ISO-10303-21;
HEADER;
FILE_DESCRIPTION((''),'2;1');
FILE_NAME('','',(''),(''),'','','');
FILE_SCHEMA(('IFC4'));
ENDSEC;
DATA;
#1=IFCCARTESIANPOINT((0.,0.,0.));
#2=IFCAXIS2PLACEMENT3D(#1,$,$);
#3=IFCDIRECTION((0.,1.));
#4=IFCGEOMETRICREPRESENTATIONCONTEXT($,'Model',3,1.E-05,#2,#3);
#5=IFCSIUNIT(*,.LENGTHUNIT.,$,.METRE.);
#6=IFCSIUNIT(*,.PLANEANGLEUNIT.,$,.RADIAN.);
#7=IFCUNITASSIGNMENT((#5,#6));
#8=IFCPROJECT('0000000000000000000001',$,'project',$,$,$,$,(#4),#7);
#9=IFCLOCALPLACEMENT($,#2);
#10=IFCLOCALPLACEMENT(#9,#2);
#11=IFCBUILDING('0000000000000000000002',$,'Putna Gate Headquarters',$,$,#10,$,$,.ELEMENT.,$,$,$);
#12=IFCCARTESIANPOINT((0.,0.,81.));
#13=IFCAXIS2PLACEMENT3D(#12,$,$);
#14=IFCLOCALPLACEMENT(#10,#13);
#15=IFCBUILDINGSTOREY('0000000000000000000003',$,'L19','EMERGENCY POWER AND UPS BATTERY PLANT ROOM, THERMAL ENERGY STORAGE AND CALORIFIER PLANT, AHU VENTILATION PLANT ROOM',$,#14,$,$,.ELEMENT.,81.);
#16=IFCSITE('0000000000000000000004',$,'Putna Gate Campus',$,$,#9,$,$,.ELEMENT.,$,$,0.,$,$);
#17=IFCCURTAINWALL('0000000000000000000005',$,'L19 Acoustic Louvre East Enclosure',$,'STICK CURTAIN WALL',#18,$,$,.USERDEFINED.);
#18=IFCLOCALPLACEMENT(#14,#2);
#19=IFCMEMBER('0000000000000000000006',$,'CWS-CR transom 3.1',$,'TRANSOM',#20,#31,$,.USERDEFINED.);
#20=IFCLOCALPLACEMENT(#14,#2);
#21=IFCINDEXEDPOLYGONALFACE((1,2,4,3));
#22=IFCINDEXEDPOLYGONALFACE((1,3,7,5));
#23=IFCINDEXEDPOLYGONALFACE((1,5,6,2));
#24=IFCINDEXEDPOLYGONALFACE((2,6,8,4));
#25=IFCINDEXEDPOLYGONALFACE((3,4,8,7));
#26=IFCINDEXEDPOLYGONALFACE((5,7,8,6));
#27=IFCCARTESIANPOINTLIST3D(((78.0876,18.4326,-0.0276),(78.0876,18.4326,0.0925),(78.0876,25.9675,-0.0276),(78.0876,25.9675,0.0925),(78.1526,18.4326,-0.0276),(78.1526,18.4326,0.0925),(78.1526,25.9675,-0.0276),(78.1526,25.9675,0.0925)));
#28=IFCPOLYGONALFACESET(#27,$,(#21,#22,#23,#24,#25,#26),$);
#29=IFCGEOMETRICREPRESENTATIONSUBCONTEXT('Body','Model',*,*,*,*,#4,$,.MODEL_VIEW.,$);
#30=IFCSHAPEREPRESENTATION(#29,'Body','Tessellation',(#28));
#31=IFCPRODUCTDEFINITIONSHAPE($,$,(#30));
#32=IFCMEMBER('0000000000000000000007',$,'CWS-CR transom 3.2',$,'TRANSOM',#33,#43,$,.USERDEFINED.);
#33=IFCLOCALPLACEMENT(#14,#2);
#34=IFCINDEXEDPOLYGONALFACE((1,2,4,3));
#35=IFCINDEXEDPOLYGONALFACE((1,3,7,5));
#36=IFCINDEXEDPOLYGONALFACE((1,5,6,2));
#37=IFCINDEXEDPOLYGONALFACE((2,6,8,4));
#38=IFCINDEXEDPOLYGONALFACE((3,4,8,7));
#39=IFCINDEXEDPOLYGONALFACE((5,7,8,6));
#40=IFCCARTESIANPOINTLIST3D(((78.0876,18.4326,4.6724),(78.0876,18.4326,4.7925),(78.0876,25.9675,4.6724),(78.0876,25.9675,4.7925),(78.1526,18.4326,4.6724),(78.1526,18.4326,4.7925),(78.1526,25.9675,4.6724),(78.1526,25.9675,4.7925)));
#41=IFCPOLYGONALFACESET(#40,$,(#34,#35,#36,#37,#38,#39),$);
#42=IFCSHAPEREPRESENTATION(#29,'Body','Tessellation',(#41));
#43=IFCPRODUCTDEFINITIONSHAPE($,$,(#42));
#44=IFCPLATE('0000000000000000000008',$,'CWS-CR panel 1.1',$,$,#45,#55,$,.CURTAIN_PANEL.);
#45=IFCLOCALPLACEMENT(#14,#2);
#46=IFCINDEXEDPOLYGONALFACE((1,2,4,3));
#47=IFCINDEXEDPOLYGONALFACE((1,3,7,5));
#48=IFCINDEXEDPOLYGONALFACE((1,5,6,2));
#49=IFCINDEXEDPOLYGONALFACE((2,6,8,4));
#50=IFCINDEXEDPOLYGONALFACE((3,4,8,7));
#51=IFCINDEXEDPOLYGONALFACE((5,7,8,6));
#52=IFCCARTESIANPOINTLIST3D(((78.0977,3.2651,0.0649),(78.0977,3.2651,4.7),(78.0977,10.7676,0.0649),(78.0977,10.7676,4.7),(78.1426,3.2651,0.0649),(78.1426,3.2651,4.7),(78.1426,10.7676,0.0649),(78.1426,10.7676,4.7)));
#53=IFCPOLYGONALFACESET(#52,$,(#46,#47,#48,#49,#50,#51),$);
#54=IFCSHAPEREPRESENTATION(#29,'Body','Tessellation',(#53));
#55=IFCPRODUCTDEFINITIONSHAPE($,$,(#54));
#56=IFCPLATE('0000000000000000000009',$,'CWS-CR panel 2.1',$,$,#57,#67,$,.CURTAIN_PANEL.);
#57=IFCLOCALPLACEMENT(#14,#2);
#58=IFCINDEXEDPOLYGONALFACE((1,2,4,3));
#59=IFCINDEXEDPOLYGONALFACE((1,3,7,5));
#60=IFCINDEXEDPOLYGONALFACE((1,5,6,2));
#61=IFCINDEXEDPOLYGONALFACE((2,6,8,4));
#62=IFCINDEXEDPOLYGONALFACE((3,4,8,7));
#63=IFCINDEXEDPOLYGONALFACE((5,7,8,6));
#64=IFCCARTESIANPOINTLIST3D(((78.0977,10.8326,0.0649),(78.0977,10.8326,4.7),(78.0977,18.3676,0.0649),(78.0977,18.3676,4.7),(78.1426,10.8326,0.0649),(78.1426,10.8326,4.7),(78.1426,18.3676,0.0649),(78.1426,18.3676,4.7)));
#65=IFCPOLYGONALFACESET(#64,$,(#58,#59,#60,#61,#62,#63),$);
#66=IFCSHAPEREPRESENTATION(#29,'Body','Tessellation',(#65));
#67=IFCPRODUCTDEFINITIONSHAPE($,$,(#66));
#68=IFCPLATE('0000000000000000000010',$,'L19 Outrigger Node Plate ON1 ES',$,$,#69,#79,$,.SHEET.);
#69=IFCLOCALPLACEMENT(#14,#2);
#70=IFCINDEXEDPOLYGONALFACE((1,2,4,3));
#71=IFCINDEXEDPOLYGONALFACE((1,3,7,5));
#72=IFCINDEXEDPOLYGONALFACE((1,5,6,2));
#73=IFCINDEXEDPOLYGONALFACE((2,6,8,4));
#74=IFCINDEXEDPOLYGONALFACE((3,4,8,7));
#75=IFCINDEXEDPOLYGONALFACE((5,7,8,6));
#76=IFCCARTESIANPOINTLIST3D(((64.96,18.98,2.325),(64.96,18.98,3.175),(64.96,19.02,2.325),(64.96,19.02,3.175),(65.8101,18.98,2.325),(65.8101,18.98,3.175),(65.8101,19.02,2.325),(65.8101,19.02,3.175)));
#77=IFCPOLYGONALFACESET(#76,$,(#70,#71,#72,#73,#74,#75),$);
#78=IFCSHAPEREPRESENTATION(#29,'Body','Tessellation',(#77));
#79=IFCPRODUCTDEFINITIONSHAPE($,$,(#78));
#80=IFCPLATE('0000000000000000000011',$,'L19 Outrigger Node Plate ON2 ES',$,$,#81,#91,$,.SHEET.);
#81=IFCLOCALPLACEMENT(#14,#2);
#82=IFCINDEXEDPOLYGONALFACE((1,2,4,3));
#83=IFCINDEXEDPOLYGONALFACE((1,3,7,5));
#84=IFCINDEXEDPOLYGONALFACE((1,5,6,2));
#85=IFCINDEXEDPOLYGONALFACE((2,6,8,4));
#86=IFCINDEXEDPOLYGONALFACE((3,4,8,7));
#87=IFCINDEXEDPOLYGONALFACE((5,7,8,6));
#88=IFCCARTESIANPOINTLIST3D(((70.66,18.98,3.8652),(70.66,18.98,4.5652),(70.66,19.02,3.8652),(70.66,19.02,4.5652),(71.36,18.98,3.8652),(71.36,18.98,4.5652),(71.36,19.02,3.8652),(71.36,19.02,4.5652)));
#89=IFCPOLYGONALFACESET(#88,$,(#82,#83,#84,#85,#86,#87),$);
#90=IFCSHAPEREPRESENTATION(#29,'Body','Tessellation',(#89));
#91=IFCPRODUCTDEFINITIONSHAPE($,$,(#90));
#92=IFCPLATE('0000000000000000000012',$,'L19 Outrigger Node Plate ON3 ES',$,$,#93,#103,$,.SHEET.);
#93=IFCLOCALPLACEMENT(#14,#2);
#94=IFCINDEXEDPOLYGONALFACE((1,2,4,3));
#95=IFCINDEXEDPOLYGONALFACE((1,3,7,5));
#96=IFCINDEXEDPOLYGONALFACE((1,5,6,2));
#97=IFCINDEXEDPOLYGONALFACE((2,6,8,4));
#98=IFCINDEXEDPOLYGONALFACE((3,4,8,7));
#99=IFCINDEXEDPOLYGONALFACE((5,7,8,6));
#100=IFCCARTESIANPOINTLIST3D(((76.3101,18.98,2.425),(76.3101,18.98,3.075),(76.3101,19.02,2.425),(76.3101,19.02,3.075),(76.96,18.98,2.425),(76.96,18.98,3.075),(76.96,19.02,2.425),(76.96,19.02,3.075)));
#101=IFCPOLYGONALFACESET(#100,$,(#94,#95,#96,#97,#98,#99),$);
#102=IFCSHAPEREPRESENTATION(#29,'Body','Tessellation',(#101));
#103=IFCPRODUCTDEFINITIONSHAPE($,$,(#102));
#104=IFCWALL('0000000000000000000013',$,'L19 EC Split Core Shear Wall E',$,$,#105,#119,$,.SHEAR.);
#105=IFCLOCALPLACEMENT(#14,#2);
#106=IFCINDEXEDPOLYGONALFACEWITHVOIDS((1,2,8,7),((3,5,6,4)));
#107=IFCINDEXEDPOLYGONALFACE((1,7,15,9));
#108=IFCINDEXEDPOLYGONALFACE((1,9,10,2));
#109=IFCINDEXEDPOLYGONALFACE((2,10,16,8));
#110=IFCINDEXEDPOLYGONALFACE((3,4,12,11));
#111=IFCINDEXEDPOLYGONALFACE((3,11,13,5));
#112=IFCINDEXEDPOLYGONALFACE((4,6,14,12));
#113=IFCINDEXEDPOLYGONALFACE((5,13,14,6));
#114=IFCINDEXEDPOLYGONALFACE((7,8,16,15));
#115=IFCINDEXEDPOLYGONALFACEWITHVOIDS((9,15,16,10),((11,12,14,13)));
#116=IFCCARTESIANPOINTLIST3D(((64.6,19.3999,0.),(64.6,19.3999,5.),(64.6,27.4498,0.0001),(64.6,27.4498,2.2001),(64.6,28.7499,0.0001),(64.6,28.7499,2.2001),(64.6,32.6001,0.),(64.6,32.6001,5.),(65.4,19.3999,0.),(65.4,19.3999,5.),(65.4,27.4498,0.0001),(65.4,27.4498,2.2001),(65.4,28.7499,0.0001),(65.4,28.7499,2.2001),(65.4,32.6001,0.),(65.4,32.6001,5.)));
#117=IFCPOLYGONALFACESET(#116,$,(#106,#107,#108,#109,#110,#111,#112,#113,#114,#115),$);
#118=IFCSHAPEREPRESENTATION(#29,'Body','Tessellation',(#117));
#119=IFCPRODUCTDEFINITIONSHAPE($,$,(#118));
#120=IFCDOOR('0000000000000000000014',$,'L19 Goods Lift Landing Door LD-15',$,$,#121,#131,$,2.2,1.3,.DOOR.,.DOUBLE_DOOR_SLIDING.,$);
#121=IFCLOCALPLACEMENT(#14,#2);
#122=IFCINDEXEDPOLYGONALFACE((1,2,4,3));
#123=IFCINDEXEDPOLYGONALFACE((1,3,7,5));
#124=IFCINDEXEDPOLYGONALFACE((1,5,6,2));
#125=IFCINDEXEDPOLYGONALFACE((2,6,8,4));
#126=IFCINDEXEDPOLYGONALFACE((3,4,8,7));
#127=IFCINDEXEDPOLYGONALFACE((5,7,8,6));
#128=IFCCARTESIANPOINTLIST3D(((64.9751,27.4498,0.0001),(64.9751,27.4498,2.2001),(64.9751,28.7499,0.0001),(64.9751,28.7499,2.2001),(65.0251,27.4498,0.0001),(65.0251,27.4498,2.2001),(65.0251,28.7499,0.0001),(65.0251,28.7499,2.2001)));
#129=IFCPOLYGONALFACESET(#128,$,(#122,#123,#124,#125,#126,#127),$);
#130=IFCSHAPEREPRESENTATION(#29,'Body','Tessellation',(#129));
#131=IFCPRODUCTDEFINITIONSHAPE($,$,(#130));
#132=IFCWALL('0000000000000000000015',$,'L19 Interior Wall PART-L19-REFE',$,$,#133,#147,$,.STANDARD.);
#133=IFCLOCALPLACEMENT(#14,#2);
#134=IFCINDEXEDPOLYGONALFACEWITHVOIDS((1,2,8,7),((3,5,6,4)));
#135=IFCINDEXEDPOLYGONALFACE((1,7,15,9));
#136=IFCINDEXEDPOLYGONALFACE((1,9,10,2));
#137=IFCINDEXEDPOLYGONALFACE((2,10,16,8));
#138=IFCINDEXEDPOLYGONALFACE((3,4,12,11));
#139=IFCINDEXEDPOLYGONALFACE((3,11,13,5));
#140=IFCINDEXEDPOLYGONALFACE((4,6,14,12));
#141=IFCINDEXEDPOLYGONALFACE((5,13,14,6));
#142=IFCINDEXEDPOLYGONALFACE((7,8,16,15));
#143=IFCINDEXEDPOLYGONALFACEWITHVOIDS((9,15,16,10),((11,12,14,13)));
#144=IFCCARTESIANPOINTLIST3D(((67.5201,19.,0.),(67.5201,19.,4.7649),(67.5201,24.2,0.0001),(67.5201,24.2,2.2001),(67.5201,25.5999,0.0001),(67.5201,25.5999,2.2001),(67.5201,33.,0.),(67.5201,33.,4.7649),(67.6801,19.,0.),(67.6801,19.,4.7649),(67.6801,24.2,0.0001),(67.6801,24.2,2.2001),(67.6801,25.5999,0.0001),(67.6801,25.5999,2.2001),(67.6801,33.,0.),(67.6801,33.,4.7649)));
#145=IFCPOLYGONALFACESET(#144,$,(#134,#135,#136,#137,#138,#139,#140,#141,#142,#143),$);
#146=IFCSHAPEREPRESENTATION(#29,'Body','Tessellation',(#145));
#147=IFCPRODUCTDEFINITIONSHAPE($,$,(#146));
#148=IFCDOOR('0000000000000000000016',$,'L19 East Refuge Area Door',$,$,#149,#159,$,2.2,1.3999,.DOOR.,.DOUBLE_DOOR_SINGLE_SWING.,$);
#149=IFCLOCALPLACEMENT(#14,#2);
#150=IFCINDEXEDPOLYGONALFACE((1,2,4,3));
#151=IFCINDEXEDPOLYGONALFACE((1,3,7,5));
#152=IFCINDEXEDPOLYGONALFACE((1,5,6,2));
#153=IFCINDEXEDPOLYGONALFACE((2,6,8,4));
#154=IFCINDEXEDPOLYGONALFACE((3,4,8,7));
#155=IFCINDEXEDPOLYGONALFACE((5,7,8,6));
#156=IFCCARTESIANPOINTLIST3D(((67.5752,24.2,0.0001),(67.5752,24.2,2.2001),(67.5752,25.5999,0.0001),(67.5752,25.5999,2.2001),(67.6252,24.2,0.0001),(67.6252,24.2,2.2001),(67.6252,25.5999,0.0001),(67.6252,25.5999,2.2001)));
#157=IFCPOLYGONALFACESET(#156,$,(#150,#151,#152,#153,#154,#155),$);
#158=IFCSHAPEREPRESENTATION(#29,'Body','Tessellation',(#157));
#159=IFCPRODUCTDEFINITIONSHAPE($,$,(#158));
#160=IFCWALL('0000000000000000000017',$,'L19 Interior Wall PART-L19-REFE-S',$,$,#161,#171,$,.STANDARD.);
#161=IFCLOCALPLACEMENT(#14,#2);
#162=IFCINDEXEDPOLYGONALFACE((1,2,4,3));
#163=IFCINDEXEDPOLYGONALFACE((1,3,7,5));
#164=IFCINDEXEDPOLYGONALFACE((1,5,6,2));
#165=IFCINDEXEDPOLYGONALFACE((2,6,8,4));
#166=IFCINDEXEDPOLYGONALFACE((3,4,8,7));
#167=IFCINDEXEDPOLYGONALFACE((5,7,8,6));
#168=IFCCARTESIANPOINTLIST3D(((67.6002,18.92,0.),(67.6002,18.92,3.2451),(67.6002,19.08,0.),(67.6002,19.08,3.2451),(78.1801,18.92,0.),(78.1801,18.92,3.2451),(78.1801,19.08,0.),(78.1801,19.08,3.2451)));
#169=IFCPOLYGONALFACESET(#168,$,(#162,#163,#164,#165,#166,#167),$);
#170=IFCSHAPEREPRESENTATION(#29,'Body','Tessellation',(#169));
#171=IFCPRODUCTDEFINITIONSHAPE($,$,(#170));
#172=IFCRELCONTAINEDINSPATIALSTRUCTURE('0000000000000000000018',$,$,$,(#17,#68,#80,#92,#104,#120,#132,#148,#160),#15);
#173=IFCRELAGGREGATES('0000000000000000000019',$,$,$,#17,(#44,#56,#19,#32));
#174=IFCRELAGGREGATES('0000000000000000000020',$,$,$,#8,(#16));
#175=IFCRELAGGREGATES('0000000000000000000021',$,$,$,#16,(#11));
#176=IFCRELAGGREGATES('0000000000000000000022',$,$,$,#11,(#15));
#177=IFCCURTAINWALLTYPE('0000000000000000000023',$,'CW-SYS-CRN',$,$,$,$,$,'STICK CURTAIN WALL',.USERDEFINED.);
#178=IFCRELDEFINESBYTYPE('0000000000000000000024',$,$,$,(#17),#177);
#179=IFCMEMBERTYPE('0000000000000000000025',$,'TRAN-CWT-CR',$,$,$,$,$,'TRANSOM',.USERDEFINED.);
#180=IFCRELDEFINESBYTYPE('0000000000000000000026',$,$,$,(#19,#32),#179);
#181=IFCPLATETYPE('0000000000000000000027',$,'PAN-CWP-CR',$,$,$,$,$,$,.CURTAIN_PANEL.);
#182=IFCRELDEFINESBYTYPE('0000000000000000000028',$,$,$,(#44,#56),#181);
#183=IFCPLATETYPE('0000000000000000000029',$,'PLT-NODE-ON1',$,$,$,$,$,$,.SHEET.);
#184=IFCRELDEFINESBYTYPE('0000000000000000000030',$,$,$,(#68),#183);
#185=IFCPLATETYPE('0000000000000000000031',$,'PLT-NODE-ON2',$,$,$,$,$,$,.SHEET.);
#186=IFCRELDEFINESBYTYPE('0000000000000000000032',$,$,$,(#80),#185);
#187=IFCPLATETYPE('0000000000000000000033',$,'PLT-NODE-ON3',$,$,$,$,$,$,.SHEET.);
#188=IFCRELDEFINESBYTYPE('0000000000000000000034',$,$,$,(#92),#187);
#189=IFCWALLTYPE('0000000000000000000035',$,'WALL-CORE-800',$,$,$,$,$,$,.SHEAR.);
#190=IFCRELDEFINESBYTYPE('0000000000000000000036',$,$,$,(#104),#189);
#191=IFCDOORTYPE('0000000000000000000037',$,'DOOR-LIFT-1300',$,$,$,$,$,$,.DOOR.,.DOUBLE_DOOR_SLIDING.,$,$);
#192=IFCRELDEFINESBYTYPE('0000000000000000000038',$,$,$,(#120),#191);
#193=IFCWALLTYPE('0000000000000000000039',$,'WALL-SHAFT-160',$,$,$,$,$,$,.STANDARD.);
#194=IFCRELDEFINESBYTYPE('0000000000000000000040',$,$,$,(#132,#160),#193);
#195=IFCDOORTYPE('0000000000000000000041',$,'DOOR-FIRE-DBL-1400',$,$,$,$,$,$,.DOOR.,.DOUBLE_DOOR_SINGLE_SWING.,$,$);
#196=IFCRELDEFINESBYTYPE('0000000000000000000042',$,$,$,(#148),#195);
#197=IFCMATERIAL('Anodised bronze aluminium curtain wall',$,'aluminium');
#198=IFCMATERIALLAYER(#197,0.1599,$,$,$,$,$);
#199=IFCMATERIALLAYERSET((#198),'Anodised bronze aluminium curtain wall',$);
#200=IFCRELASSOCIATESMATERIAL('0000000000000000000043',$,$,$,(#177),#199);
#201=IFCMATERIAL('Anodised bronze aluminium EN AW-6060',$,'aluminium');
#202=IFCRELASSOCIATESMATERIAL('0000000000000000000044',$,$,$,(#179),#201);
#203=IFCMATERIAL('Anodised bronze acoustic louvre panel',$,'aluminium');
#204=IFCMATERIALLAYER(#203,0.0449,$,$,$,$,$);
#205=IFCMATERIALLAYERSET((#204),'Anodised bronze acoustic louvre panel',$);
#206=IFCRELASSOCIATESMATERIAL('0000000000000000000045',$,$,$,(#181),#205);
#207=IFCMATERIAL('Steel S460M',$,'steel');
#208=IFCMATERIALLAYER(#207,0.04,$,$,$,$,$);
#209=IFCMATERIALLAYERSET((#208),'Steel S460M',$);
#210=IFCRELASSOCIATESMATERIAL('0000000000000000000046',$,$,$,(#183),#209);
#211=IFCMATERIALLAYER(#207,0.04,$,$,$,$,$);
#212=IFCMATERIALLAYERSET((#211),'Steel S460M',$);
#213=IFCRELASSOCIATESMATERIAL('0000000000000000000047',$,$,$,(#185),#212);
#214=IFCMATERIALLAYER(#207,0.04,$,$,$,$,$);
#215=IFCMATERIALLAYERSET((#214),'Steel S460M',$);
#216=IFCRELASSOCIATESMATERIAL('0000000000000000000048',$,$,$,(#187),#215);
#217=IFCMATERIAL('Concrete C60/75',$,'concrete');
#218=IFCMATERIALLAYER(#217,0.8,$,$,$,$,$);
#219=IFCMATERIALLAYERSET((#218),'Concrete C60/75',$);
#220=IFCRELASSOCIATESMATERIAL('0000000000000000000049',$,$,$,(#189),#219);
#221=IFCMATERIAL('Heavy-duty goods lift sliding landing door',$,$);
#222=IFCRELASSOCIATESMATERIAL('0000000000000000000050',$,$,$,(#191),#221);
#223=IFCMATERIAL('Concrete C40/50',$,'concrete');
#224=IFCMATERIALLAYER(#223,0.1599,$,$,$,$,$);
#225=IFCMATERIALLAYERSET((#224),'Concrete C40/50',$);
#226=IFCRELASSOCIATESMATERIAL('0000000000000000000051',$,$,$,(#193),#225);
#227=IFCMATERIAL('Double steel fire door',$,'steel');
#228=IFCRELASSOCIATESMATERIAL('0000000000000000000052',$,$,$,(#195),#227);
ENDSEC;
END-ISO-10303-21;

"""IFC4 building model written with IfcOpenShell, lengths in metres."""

from ifc_helpers import new_model, si_unit, direction, frame, frame_2d, origin, origin_2d, place, context, subcontext, project, spatial, rectangle, extrude, material, layer, layer_set, material_profile, profile_set, type_object, element, fill, aggregate, save


model = new_model("IFC4")

# Units and contexts
model_context = context("Model", 3, precision=1e-05, world=origin(), true_north=direction((0.0, 1.0)))
body_context = subcontext(model_context, "Body", "Model", "MODEL_VIEW")
ifc_project = project(units=[si_unit("LENGTHUNIT", "METRE"), si_unit("PLANEANGLEUNIT", "RADIAN")], contexts=[model_context])

# Site, building, storey
site_placement = place(None, origin())
site = spatial("IfcSite", under=ifc_project, at=site_placement, Name="Putna Gate Campus", CompositionType="ELEMENT", RefElevation=0.0)
building_placement = place(site_placement, origin())
building = spatial("IfcBuilding", under=site, at=building_placement, Name="Putna Gate Headquarters", CompositionType="ELEMENT")
storey_placement = place(building_placement, frame((0.0, 0.0, 81.0)))
storey = spatial("IfcBuildingStorey", under=building, at=storey_placement, Name="L19", Description="EMERGENCY POWER AND UPS BATTERY PLANT ROOM, THERMAL ENERGY STORAGE AND CALORIFIER PLANT, AHU VENTILATION PLANT ROOM", CompositionType="ELEMENT", Elevation=81.0)

# Shared definitions
ifc_material_1 = material(Name="Concrete C60/75", Category="concrete")

# Shared definitions
ifc_material_2 = material(Name="Steel S460M", Category="steel")

# Curtain wall, members, plates
ifc_material_3 = material(Name="Anodised bronze aluminium curtain wall", Category="aluminium")
ifc_layer_1 = layer(ifc_material_3, 0.1599)
ifc_layer_set_1 = layer_set([ifc_layer_1], Name="Anodised bronze aluminium curtain wall")
curtain_wall_type = type_object("IfcCurtainWallType", Name="CW-SYS-CRN", ElementType="STICK CURTAIN WALL", PredefinedType="USERDEFINED", material=ifc_layer_set_1)
curtain_wall_placement = place(storey_placement, origin())
curtain_wall = element("IfcCurtainWall", 1, at=curtain_wall_placement, inside=storey, type_object=curtain_wall_type, Name="L19 Acoustic Louvre East Enclosure", ObjectType="STICK CURTAIN WALL", PredefinedType="USERDEFINED")
ifc_material_4 = material(Name="Anodised bronze aluminium EN AW-6060", Category="aluminium")
ifc_material_profile_1 = material_profile(ifc_material_4, rectangle(XDim=0.0649, YDim=0.1201, at=origin_2d()), Name="Anodised bronze aluminium EN AW-6060")
ifc_profile_set_1 = profile_set([ifc_material_profile_1], Name="Anodised bronze aluminium EN AW-6060")
member_type_1 = type_object("IfcMemberType", Name="TRAN-CWT-CR", ElementType="TRANSOM", PredefinedType="USERDEFINED", material=ifc_profile_set_1)
member_1_placement = place(storey_placement, frame((78.1201, 18.4326, 0.0325), z_axis=(0.0, 1.0, 0.0), x_axis=(-1.0, 0.0, 0.0)))
member_1 = element("IfcMember", 2, at=member_1_placement, type_object=member_type_1, Name="CWS-CR transom 3.1", ObjectType="TRANSOM", PredefinedType="USERDEFINED", context=body_context, shape_type="SweptSolid", body=[
    extrude(rectangle(XDim=0.0649, YDim=0.1201, at=origin_2d()), origin(), (0.0, 0.0, 1.0), 7.5349),
])
member_2_placement = place(storey_placement, frame((78.1201, 18.4326, 4.7324), z_axis=(0.0, 1.0, 0.0), x_axis=(-1.0, 0.0, 0.0)))
member_2 = element("IfcMember", 3, at=member_2_placement, type_object=member_type_1, Name="CWS-CR transom 3.2", ObjectType="TRANSOM", PredefinedType="USERDEFINED", context=body_context, shape_type="SweptSolid", body=[
    extrude(rectangle(XDim=0.0649, YDim=0.1201, at=origin_2d()), origin(), (0.0, 0.0, 1.0), 7.5349),
])
ifc_material_5 = material(Name="Anodised bronze acoustic louvre panel", Category="aluminium")
ifc_layer_2 = layer(ifc_material_5, 0.0449)
ifc_layer_set_2 = layer_set([ifc_layer_2], Name="Anodised bronze acoustic louvre panel")
plate_type_1 = type_object("IfcPlateType", Name="PAN-CWP-CR", PredefinedType="CURTAIN_PANEL", material=ifc_layer_set_2)
plate_1_placement = place(storey_placement, frame((78.1201, 7.0164, 0.0649), z_axis=(0.0, 0.0, 1.0), x_axis=(0.0, 1.0, 0.0)))
plate_1 = element("IfcPlate", 4, at=plate_1_placement, type_object=plate_type_1, Name="CWS-CR panel 1.1", PredefinedType="CURTAIN_PANEL", context=body_context, shape_type="SweptSolid", body=[
    extrude(rectangle(XDim=7.5024, YDim=0.0449, at=origin_2d()), origin(), (0.0, 0.0, 1.0), 4.635),
])
plate_2_placement = place(storey_placement, frame((78.1201, 14.6001, 0.0649), z_axis=(0.0, 0.0, 1.0), x_axis=(0.0, 1.0, 0.0)))
plate_2 = element("IfcPlate", 5, at=plate_2_placement, type_object=plate_type_1, Name="CWS-CR panel 2.1", PredefinedType="CURTAIN_PANEL", context=body_context, shape_type="SweptSolid", body=[
    extrude(rectangle(XDim=7.5349, YDim=0.0449, at=origin_2d()), origin(), (0.0, 0.0, 1.0), 4.635),
])
aggregate(curtain_wall, [plate_1, plate_2, member_1, member_2])

# Plates
ifc_layer_3 = layer(ifc_material_2, 0.04)
ifc_layer_set_3 = layer_set([ifc_layer_3], Name="Steel S460M")
plate_type_2 = type_object("IfcPlateType", Name="PLT-NODE-ON1", PredefinedType="SHEET", material=ifc_layer_set_3)
plate_3_placement = place(storey_placement, frame((65.385, 19.0, 2.325), z_axis=(0.0, 0.0, 1.0), x_axis=(1.0, 0.0, 0.0)))
element("IfcPlate", 6, at=plate_3_placement, inside=storey, type_object=plate_type_2, Name="L19 Outrigger Node Plate ON1 ES", PredefinedType="SHEET", context=body_context, shape_type="SweptSolid", body=[
    extrude(rectangle(XDim=0.8501, YDim=0.04, at=origin_2d()), origin(), (0.0, 0.0, 1.0), 0.8501),
])
ifc_layer_4 = layer(ifc_material_2, 0.04)
ifc_layer_set_4 = layer_set([ifc_layer_4], Name="Steel S460M")
plate_type_3 = type_object("IfcPlateType", Name="PLT-NODE-ON2", PredefinedType="SHEET", material=ifc_layer_set_4)
plate_4_placement = place(storey_placement, frame((71.01, 19.0, 3.8652), z_axis=(0.0, 0.0, 1.0), x_axis=(1.0, 0.0, 0.0)))
element("IfcPlate", 7, at=plate_4_placement, inside=storey, type_object=plate_type_3, Name="L19 Outrigger Node Plate ON2 ES", PredefinedType="SHEET", context=body_context, shape_type="SweptSolid", body=[
    extrude(rectangle(XDim=0.7, YDim=0.04, at=origin_2d()), origin(), (0.0, 0.0, 1.0), 0.7),
])
ifc_layer_5 = layer(ifc_material_2, 0.04)
ifc_layer_set_5 = layer_set([ifc_layer_5], Name="Steel S460M")
plate_type_4 = type_object("IfcPlateType", Name="PLT-NODE-ON3", PredefinedType="SHEET", material=ifc_layer_set_5)
plate_5_placement = place(storey_placement, frame((76.635, 19.0, 2.425), z_axis=(0.0, 0.0, 1.0), x_axis=(1.0, 0.0, 0.0)))
element("IfcPlate", 8, at=plate_5_placement, inside=storey, type_object=plate_type_4, Name="L19 Outrigger Node Plate ON3 ES", PredefinedType="SHEET", context=body_context, shape_type="SweptSolid", body=[
    extrude(rectangle(XDim=0.6499, YDim=0.04, at=origin_2d()), origin(), (0.0, 0.0, 1.0), 0.6499),
])

# Walls, openings, doors
ifc_layer_6 = layer(ifc_material_1, 0.8)
ifc_layer_set_6 = layer_set([ifc_layer_6], Name="Concrete C60/75")
wall_type_1 = type_object("IfcWallType", Name="WALL-CORE-800", PredefinedType="SHEAR", material=ifc_layer_set_6)
wall_1_placement = place(storey_placement, frame((65.0, 19.3999, 0.0), z_axis=(0.0, 0.0, 1.0), x_axis=(0.0, 1.0, 0.0)))
wall_1 = element("IfcWall", 9, at=wall_1_placement, inside=storey, type_object=wall_type_1, Name="L19 EC Split Core Shear Wall E", PredefinedType="SHEAR", context=body_context, shape_type="SweptSolid", body=[
    extrude(rectangle(XDim=13.2002, YDim=0.8, at=frame_2d((6.6001, 0.0))), origin(), (0.0, 0.0, 1.0), 5.0),
])
opening_1_placement = place(wall_1_placement, frame((8.05, 0.0, 0.0)))
opening_1 = element("IfcOpeningElement", 10, at=opening_1_placement, cuts=wall_1, PredefinedType="OPENING", context=body_context, shape_type="SweptSolid", body=[
    extrude(rectangle(XDim=1.3, YDim=2.2, at=frame_2d((0.6499, 1.1001))), frame((0.0, 0.4099, 0.0), z_axis=(0.0, -1.0, 0.0), x_axis=(1.0, 0.0, 0.0)), (0.0, 0.0, 1.0), 0.8201),
])
ifc_material_6 = material(Name="Heavy-duty goods lift sliding landing door")
door_type_1 = type_object("IfcDoorType", Name="DOOR-LIFT-1300", OperationType="DOUBLE_DOOR_SLIDING", PredefinedType="DOOR", material=ifc_material_6)
door_1_placement = place(opening_1_placement, origin())
door_1 = element("IfcDoor", 11, at=door_1_placement, inside=storey, type_object=door_type_1, Name="L19 Goods Lift Landing Door LD-15", OperationType="DOUBLE_DOOR_SLIDING", OverallHeight=2.2, OverallWidth=1.3, PredefinedType="DOOR", context=body_context, shape_type="SweptSolid", body=[
    extrude(rectangle(XDim=1.3, YDim=2.2, at=frame_2d((0.6499, 1.1001))), frame((0.0, 0.0249, 0.0), z_axis=(0.0, -1.0, 0.0), x_axis=(1.0, 0.0, 0.0)), (0.0, 0.0, 1.0), 0.05),
])
fill(opening_1, door_1)
ifc_material_7 = material(Name="Concrete C40/50", Category="concrete")
ifc_layer_7 = layer(ifc_material_7, 0.1599)
ifc_layer_set_7 = layer_set([ifc_layer_7], Name="Concrete C40/50")
wall_type_2 = type_object("IfcWallType", Name="WALL-SHAFT-160", PredefinedType="STANDARD", material=ifc_layer_set_7)
wall_2_placement = place(storey_placement, frame((67.6001, 19.0, 0.0), z_axis=(0.0, 0.0, 1.0), x_axis=(0.0, 1.0, 0.0)))
wall_2 = element("IfcWall", 12, at=wall_2_placement, inside=storey, type_object=wall_type_2, Name="L19 Interior Wall PART-L19-REFE", PredefinedType="STANDARD", context=body_context, shape_type="SweptSolid", body=[
    extrude(rectangle(XDim=14.0, YDim=0.1599, at=frame_2d((7.0, 0.0))), origin(), (0.0, 0.0, 1.0), 4.7649),
])
opening_2_placement = place(wall_2_placement, frame((5.2, 0.0, 0.0)))
opening_2 = element("IfcOpeningElement", 13, at=opening_2_placement, cuts=wall_2, PredefinedType="OPENING", context=body_context, shape_type="SweptSolid", body=[
    extrude(rectangle(XDim=1.3999, YDim=2.2, at=frame_2d((0.7, 1.1001))), frame((0.0, 0.0898, 0.0), z_axis=(0.0, -1.0, 0.0), x_axis=(1.0, 0.0, 0.0)), (0.0, 0.0, 1.0), 0.1799),
])
ifc_material_8 = material(Name="Double steel fire door", Category="steel")
door_type_2 = type_object("IfcDoorType", Name="DOOR-FIRE-DBL-1400", OperationType="DOUBLE_DOOR_SINGLE_SWING", PredefinedType="DOOR", material=ifc_material_8)
door_2_placement = place(opening_2_placement, origin())
door_2 = element("IfcDoor", 14, at=door_2_placement, inside=storey, type_object=door_type_2, Name="L19 East Refuge Area Door", OperationType="DOUBLE_DOOR_SINGLE_SWING", OverallHeight=2.2, OverallWidth=1.3999, PredefinedType="DOOR", context=body_context, shape_type="SweptSolid", body=[
    extrude(rectangle(XDim=1.3999, YDim=2.2, at=frame_2d((0.7, 1.1001))), frame((0.0, 0.0249, 0.0), z_axis=(0.0, -1.0, 0.0), x_axis=(1.0, 0.0, 0.0)), (0.0, 0.0, 1.0), 0.05),
])
fill(opening_2, door_2)

# Wall
wall_3_placement = place(storey_placement, frame((67.6001, 19.0, 0.0), z_axis=(0.0, 0.0, 1.0), x_axis=(1.0, 0.0, 0.0)))
element("IfcWall", 15, at=wall_3_placement, inside=storey, type_object=wall_type_2, Name="L19 Interior Wall PART-L19-REFE-S", PredefinedType="STANDARD", context=body_context, shape_type="SweptSolid", body=[
    extrude(rectangle(XDim=10.5798, YDim=0.1599, at=frame_2d((5.29, 0.0))), origin(), (0.0, 0.0, 1.0), 3.2451),
])

save(model, "model.ifc")
